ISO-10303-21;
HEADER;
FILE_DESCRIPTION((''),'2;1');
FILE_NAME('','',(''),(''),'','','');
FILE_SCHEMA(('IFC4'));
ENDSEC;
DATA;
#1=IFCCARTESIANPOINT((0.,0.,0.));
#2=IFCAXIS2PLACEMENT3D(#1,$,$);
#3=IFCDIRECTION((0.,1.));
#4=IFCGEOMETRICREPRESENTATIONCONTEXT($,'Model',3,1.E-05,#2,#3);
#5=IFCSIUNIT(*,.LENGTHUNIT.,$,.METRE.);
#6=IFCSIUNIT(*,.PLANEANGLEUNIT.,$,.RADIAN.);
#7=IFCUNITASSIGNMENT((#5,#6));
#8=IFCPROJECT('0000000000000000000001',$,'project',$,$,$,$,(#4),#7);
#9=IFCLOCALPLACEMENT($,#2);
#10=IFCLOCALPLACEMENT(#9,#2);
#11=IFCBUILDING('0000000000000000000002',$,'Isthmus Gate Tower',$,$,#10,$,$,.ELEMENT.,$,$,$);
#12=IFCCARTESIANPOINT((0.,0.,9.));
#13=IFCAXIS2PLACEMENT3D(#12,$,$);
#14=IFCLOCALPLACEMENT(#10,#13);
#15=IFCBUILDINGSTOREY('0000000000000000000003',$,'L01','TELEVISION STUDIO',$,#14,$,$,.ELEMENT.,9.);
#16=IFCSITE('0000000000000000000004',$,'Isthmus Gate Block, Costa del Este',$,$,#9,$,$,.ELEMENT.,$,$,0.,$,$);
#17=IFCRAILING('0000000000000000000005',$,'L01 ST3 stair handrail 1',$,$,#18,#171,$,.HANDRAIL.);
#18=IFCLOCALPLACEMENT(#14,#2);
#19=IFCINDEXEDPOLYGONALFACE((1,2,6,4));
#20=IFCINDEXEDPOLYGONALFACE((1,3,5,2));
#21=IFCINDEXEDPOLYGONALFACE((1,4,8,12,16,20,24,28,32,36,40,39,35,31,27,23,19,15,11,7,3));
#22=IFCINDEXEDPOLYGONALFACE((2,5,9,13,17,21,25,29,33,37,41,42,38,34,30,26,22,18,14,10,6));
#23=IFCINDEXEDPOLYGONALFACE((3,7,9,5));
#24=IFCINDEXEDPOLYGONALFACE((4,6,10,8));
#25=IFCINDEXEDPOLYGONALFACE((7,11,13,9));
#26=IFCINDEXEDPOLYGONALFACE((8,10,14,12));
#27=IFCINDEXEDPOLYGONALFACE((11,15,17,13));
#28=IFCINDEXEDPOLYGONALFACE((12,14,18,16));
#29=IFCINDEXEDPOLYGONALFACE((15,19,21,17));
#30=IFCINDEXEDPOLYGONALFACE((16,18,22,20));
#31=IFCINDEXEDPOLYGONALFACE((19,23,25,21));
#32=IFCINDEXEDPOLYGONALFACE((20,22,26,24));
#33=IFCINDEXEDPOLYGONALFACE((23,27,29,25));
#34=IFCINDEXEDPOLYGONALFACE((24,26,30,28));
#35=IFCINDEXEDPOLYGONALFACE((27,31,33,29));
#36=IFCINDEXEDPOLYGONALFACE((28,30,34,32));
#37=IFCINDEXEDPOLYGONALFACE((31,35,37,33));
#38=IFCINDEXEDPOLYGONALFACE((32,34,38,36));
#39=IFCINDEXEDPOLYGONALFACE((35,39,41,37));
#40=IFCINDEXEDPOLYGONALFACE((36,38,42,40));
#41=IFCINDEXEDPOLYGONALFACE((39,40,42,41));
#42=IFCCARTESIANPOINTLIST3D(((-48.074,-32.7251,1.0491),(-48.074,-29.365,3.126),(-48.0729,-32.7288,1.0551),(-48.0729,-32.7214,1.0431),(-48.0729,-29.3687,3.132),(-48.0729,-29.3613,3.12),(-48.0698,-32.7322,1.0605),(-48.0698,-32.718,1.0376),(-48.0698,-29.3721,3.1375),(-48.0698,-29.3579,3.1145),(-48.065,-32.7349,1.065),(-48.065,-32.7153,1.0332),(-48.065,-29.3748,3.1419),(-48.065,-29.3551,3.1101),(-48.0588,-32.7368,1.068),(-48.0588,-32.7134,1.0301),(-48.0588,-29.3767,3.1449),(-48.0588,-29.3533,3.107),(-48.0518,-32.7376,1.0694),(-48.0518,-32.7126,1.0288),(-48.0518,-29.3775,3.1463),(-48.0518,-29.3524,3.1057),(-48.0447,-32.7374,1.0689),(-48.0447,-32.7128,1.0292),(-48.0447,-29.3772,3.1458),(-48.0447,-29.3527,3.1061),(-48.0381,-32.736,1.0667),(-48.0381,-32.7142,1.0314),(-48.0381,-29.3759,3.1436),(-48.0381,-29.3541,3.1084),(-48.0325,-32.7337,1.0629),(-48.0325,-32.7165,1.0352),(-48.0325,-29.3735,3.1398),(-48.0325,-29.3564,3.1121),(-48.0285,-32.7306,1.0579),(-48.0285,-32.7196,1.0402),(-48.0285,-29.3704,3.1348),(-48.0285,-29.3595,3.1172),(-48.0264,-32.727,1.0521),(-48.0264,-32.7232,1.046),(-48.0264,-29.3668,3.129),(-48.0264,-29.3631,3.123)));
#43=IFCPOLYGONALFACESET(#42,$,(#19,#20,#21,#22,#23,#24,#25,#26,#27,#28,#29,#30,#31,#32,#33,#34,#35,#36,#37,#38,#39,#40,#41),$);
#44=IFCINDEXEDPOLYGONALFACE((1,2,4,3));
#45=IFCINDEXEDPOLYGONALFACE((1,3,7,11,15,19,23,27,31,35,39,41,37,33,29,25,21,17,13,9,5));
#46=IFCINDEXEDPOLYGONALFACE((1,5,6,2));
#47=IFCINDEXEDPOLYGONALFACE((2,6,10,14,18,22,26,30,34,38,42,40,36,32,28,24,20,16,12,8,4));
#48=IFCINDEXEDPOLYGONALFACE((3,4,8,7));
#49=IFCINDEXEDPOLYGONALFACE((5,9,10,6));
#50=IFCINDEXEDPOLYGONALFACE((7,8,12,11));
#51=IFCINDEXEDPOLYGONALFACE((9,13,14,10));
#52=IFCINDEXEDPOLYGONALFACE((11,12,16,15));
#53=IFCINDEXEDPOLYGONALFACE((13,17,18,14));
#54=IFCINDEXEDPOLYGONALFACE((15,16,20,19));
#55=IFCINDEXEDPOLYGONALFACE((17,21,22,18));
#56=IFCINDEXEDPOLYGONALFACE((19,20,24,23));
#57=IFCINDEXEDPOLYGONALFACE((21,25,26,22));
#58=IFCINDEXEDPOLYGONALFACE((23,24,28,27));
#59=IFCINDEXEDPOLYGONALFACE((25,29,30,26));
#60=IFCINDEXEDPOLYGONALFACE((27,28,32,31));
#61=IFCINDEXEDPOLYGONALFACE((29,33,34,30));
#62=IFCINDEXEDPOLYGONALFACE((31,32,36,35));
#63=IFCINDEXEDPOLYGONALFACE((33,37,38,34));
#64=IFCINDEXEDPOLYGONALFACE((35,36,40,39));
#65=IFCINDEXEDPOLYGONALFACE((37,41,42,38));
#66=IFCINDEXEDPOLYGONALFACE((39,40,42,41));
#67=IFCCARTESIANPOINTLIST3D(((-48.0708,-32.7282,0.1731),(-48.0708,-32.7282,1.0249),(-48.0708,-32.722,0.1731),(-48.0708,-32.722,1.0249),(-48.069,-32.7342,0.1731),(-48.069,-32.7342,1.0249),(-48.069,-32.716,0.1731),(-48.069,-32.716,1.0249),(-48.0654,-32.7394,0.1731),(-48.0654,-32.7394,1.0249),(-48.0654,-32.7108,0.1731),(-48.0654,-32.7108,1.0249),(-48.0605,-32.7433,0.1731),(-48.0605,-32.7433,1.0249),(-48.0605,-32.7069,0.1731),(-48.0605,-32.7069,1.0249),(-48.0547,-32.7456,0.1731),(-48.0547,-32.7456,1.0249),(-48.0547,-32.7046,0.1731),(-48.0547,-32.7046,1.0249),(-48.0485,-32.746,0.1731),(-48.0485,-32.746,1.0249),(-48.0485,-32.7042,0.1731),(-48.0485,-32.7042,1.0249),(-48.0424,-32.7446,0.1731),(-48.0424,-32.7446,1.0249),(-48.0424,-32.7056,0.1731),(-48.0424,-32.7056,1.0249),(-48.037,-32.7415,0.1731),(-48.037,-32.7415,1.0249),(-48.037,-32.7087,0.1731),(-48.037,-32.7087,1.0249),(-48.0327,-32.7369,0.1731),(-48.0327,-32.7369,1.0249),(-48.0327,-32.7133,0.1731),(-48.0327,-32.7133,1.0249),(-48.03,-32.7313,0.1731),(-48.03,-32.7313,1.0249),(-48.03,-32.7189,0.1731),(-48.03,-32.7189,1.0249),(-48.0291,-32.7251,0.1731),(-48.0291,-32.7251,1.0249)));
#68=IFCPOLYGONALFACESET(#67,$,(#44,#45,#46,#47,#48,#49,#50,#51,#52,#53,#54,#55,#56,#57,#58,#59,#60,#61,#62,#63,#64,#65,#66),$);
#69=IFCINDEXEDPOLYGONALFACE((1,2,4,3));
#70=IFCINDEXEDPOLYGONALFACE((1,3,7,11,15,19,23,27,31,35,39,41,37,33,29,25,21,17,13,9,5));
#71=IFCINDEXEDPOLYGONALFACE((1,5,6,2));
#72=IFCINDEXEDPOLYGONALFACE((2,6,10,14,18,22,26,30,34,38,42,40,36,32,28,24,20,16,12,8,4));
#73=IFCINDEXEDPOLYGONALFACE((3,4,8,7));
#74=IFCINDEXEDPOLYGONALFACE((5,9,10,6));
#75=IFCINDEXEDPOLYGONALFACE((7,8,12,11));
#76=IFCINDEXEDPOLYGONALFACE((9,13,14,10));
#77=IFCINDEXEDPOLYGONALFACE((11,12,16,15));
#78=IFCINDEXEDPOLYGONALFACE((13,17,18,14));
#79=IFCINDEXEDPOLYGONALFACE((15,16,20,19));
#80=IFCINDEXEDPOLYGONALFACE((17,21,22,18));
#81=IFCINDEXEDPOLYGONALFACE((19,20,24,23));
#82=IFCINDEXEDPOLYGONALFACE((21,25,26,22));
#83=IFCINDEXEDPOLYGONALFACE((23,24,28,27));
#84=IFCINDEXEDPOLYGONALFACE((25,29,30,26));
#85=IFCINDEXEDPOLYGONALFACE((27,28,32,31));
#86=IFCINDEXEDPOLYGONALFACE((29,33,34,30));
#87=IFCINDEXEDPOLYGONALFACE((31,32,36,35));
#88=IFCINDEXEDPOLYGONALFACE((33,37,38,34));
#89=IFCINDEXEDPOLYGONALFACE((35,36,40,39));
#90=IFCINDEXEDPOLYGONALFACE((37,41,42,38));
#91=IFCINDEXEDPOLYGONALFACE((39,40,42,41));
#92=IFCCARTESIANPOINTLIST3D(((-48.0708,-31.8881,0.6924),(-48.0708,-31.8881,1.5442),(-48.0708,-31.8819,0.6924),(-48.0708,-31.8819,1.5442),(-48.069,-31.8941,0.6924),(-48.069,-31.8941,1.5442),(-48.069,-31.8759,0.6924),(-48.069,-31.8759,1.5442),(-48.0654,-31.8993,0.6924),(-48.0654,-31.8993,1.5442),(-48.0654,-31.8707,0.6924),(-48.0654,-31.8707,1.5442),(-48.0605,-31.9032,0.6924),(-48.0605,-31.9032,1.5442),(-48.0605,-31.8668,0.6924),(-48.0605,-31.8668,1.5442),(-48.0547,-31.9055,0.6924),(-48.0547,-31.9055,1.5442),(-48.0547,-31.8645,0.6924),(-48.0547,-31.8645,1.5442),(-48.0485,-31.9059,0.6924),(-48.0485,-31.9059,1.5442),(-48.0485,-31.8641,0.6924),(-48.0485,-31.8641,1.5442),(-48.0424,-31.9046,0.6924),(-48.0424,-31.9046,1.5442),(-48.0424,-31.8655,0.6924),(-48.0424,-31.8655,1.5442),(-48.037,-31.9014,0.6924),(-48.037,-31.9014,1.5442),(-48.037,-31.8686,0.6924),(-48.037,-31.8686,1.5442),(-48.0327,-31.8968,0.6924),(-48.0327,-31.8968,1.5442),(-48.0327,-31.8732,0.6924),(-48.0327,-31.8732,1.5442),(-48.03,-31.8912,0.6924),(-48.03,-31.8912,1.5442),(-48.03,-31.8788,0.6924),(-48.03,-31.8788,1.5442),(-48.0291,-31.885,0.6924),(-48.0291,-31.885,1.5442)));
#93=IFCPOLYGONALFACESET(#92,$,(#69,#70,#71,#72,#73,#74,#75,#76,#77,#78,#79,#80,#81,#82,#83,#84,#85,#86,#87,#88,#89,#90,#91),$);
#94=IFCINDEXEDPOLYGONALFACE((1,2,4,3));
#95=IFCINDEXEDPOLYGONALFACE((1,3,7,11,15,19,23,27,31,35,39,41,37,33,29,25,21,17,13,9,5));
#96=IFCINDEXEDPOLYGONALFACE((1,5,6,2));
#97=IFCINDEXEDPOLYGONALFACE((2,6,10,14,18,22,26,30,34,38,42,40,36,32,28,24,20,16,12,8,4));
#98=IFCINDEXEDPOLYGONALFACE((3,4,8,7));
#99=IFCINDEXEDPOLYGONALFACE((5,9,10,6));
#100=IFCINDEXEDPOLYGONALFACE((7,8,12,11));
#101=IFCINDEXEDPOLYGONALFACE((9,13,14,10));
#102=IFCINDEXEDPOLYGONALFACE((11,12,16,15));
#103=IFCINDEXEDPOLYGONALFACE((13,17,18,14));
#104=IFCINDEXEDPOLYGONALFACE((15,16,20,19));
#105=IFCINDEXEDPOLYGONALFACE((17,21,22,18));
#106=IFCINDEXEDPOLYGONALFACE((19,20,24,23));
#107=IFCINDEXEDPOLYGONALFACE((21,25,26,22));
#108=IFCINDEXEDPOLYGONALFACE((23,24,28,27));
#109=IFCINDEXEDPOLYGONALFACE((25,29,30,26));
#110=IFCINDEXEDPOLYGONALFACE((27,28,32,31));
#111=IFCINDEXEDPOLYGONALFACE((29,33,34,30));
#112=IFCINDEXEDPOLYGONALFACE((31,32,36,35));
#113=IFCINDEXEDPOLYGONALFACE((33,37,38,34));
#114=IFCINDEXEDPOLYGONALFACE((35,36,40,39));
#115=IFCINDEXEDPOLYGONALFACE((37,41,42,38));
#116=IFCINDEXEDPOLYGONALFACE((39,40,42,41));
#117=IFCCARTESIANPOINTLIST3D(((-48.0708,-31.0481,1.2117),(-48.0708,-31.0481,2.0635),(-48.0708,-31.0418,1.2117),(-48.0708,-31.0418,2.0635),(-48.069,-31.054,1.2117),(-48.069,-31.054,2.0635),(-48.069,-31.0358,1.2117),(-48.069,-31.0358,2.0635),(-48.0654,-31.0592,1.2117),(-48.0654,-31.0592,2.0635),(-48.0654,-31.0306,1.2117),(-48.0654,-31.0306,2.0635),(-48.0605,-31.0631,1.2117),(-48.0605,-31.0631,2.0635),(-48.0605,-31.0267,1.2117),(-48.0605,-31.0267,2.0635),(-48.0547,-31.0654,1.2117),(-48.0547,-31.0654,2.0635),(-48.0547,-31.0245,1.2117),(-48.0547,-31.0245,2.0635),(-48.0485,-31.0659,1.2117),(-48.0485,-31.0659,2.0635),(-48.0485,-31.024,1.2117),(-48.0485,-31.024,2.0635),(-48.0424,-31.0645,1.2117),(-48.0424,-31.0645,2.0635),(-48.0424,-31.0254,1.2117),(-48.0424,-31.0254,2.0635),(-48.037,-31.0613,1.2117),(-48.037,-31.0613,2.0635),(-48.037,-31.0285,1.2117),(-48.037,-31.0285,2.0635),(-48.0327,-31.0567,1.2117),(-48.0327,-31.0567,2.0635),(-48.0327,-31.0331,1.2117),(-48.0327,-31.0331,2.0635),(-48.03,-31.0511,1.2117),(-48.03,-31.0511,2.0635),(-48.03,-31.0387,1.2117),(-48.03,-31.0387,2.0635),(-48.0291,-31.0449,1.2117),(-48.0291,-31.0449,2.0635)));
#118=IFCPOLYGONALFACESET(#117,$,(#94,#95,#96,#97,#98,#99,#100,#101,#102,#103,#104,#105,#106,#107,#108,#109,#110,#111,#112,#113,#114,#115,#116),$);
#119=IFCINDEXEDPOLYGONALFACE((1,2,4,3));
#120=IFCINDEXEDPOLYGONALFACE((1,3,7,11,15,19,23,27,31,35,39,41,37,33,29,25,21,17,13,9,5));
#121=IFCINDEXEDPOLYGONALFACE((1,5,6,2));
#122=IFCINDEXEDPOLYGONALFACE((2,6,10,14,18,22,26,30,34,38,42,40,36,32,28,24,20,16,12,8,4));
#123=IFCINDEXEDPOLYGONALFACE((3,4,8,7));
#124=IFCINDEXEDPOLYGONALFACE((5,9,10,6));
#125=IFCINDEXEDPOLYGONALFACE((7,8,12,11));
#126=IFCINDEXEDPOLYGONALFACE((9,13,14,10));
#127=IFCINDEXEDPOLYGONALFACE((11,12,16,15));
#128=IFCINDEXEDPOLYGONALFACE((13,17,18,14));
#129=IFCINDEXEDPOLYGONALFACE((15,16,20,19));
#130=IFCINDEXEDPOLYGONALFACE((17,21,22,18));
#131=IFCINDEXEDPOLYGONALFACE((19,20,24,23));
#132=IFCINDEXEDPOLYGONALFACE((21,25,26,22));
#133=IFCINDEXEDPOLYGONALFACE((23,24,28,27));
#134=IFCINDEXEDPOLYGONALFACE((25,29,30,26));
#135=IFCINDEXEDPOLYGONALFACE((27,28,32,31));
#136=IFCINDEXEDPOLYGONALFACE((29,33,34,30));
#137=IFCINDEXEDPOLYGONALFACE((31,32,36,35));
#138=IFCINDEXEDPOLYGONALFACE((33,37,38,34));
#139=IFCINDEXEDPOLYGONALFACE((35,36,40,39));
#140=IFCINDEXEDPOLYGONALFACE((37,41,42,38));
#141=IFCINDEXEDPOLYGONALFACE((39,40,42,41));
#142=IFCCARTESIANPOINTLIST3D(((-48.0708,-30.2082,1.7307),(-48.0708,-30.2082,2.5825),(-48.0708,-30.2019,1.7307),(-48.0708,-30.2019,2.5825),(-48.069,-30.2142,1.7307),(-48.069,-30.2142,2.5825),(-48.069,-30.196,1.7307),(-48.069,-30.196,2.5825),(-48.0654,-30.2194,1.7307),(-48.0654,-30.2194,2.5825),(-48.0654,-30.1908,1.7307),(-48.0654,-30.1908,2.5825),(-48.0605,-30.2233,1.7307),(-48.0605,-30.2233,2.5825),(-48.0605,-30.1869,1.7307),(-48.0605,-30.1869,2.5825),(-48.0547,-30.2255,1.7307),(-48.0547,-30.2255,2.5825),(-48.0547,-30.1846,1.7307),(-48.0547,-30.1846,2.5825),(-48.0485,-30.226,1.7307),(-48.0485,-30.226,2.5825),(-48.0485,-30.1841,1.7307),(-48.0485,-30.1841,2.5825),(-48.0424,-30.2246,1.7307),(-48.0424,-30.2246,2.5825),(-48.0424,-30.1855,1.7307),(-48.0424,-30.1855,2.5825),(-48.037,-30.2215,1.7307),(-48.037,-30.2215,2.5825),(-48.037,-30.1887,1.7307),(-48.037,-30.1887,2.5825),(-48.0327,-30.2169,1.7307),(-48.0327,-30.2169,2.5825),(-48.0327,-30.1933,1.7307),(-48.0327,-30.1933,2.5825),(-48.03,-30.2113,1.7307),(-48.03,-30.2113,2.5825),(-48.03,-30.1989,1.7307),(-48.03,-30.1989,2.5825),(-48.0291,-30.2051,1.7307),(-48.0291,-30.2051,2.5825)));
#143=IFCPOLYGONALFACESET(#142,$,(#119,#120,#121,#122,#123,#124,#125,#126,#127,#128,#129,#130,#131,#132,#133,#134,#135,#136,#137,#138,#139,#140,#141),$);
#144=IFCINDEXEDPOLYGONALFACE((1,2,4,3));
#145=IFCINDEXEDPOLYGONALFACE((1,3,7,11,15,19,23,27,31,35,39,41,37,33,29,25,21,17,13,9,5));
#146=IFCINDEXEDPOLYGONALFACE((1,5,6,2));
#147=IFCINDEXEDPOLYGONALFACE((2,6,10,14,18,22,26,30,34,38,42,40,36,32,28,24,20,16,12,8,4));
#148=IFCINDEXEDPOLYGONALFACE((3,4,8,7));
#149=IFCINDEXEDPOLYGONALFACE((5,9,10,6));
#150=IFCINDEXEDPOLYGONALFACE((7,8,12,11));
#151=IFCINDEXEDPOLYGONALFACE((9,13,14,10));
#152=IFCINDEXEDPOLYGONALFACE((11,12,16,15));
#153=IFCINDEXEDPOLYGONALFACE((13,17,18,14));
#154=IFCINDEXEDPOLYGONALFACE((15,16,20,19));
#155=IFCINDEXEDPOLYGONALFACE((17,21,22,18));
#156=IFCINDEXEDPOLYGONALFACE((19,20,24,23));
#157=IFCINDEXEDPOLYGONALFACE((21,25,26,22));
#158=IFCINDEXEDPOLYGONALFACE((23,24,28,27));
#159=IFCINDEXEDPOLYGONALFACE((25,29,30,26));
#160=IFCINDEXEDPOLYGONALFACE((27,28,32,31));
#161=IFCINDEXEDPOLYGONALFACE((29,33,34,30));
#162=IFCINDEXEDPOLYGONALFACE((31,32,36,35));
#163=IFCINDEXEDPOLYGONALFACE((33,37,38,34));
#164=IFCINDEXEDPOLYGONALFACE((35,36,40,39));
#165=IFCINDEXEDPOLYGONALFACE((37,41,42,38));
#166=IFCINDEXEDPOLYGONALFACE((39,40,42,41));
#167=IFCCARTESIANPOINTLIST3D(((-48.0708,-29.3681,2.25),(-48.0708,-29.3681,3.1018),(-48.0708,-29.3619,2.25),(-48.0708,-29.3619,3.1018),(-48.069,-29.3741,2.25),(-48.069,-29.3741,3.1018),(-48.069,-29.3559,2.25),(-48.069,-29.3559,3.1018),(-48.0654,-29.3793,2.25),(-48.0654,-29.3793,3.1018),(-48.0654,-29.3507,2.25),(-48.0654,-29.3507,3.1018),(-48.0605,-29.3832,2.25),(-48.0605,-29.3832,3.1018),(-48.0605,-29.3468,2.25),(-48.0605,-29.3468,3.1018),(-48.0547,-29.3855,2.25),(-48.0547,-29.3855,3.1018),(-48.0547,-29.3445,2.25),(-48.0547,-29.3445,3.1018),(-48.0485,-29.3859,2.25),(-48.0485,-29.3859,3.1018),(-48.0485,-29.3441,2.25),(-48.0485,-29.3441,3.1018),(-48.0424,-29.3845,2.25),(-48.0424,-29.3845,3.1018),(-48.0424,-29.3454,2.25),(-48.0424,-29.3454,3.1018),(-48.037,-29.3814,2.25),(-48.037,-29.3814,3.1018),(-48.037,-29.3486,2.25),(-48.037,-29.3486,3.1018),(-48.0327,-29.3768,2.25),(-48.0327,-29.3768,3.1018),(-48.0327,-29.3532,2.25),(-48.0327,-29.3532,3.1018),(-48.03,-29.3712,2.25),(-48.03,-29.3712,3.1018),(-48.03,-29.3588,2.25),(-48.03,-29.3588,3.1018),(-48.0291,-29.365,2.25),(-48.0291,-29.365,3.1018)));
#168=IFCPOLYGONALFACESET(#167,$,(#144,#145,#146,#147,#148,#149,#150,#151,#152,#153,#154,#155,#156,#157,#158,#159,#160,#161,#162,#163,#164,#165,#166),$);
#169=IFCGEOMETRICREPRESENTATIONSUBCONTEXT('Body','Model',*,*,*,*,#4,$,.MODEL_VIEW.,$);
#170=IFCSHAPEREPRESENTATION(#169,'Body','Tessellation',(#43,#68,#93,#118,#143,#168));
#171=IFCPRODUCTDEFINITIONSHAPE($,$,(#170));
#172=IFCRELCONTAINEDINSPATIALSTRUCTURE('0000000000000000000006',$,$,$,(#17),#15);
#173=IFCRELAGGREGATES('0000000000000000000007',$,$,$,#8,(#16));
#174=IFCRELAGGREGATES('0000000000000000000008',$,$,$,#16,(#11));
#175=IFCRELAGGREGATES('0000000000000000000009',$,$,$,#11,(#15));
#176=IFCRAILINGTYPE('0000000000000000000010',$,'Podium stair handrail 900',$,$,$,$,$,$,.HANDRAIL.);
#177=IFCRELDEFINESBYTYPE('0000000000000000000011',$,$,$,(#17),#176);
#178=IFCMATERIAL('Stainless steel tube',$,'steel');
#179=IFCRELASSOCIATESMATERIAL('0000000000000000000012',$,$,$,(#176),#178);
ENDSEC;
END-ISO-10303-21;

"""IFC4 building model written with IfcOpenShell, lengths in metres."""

from ifc_helpers import new_model, si_unit, direction, frame, origin, origin_2d, place, context, subcontext, project, spatial, circle, extrude, material, type_object, element, save


model = new_model("IFC4")

# Units and contexts
model_context = context("Model", 3, precision=1e-05, world=origin(), true_north=direction((0.0, 1.0)))
body_context = subcontext(model_context, "Body", "Model", "MODEL_VIEW")
ifc_project = project(units=[si_unit("LENGTHUNIT", "METRE"), si_unit("PLANEANGLEUNIT", "RADIAN")], contexts=[model_context])

# Site, building, storey
site_placement = place(None, origin())
site = spatial("IfcSite", under=ifc_project, at=site_placement, Name="Isthmus Gate Block, Costa del Este", CompositionType="ELEMENT", RefElevation=0.0)
building_placement = place(site_placement, origin())
building = spatial("IfcBuilding", under=site, at=building_placement, Name="Isthmus Gate Tower", CompositionType="ELEMENT")
storey_placement = place(building_placement, frame((0.0, 0.0, 9.0)))
storey = spatial("IfcBuildingStorey", under=building, at=storey_placement, Name="L01", Description="TELEVISION STUDIO", CompositionType="ELEMENT", Elevation=9.0)

# Railing
ifc_material_1 = material(Name="Stainless steel tube", Category="steel")
railing_type_1 = type_object("IfcRailingType", Name="Podium stair handrail 900", PredefinedType="HANDRAIL", material=ifc_material_1)
railing_1_placement = place(storey_placement, frame((-48.05, -32.7251, 0.1731)))
element("IfcRailing", 1, at=railing_1_placement, inside=storey, type_object=railing_type_1, Name="L01 ST3 stair handrail 1", PredefinedType="HANDRAIL", context=body_context, shape_type="SweptSolid", body=[
    extrude(circle(Radius=0.0239, at=origin_2d()), frame((0.0, 0.0, 0.876), z_axis=(0.0, 0.850623, 0.525776), x_axis=(-1.0, 0.0, 0.0)), (0.0, 0.0, 1.0), 3.9502),
    extrude(circle(Radius=0.021, at=origin_2d()), origin(), (0.0, 0.0, 1.0), 0.8518),
    extrude(circle(Radius=0.021, at=origin_2d()), frame((0.0, 0.8401, 0.5193)), (0.0, 0.0, 1.0), 0.8518),
    extrude(circle(Radius=0.021, at=origin_2d()), frame((0.0, 1.6802, 1.0386)), (0.0, 0.0, 1.0), 0.8518),
    extrude(circle(Radius=0.021, at=origin_2d()), frame((0.0, 2.52, 1.5576)), (0.0, 0.0, 1.0), 0.8518),
    extrude(circle(Radius=0.021, at=origin_2d()), frame((0.0, 3.3601, 2.0769)), (0.0, 0.0, 1.0), 0.8518),
])

save(model, "model.ifc")
